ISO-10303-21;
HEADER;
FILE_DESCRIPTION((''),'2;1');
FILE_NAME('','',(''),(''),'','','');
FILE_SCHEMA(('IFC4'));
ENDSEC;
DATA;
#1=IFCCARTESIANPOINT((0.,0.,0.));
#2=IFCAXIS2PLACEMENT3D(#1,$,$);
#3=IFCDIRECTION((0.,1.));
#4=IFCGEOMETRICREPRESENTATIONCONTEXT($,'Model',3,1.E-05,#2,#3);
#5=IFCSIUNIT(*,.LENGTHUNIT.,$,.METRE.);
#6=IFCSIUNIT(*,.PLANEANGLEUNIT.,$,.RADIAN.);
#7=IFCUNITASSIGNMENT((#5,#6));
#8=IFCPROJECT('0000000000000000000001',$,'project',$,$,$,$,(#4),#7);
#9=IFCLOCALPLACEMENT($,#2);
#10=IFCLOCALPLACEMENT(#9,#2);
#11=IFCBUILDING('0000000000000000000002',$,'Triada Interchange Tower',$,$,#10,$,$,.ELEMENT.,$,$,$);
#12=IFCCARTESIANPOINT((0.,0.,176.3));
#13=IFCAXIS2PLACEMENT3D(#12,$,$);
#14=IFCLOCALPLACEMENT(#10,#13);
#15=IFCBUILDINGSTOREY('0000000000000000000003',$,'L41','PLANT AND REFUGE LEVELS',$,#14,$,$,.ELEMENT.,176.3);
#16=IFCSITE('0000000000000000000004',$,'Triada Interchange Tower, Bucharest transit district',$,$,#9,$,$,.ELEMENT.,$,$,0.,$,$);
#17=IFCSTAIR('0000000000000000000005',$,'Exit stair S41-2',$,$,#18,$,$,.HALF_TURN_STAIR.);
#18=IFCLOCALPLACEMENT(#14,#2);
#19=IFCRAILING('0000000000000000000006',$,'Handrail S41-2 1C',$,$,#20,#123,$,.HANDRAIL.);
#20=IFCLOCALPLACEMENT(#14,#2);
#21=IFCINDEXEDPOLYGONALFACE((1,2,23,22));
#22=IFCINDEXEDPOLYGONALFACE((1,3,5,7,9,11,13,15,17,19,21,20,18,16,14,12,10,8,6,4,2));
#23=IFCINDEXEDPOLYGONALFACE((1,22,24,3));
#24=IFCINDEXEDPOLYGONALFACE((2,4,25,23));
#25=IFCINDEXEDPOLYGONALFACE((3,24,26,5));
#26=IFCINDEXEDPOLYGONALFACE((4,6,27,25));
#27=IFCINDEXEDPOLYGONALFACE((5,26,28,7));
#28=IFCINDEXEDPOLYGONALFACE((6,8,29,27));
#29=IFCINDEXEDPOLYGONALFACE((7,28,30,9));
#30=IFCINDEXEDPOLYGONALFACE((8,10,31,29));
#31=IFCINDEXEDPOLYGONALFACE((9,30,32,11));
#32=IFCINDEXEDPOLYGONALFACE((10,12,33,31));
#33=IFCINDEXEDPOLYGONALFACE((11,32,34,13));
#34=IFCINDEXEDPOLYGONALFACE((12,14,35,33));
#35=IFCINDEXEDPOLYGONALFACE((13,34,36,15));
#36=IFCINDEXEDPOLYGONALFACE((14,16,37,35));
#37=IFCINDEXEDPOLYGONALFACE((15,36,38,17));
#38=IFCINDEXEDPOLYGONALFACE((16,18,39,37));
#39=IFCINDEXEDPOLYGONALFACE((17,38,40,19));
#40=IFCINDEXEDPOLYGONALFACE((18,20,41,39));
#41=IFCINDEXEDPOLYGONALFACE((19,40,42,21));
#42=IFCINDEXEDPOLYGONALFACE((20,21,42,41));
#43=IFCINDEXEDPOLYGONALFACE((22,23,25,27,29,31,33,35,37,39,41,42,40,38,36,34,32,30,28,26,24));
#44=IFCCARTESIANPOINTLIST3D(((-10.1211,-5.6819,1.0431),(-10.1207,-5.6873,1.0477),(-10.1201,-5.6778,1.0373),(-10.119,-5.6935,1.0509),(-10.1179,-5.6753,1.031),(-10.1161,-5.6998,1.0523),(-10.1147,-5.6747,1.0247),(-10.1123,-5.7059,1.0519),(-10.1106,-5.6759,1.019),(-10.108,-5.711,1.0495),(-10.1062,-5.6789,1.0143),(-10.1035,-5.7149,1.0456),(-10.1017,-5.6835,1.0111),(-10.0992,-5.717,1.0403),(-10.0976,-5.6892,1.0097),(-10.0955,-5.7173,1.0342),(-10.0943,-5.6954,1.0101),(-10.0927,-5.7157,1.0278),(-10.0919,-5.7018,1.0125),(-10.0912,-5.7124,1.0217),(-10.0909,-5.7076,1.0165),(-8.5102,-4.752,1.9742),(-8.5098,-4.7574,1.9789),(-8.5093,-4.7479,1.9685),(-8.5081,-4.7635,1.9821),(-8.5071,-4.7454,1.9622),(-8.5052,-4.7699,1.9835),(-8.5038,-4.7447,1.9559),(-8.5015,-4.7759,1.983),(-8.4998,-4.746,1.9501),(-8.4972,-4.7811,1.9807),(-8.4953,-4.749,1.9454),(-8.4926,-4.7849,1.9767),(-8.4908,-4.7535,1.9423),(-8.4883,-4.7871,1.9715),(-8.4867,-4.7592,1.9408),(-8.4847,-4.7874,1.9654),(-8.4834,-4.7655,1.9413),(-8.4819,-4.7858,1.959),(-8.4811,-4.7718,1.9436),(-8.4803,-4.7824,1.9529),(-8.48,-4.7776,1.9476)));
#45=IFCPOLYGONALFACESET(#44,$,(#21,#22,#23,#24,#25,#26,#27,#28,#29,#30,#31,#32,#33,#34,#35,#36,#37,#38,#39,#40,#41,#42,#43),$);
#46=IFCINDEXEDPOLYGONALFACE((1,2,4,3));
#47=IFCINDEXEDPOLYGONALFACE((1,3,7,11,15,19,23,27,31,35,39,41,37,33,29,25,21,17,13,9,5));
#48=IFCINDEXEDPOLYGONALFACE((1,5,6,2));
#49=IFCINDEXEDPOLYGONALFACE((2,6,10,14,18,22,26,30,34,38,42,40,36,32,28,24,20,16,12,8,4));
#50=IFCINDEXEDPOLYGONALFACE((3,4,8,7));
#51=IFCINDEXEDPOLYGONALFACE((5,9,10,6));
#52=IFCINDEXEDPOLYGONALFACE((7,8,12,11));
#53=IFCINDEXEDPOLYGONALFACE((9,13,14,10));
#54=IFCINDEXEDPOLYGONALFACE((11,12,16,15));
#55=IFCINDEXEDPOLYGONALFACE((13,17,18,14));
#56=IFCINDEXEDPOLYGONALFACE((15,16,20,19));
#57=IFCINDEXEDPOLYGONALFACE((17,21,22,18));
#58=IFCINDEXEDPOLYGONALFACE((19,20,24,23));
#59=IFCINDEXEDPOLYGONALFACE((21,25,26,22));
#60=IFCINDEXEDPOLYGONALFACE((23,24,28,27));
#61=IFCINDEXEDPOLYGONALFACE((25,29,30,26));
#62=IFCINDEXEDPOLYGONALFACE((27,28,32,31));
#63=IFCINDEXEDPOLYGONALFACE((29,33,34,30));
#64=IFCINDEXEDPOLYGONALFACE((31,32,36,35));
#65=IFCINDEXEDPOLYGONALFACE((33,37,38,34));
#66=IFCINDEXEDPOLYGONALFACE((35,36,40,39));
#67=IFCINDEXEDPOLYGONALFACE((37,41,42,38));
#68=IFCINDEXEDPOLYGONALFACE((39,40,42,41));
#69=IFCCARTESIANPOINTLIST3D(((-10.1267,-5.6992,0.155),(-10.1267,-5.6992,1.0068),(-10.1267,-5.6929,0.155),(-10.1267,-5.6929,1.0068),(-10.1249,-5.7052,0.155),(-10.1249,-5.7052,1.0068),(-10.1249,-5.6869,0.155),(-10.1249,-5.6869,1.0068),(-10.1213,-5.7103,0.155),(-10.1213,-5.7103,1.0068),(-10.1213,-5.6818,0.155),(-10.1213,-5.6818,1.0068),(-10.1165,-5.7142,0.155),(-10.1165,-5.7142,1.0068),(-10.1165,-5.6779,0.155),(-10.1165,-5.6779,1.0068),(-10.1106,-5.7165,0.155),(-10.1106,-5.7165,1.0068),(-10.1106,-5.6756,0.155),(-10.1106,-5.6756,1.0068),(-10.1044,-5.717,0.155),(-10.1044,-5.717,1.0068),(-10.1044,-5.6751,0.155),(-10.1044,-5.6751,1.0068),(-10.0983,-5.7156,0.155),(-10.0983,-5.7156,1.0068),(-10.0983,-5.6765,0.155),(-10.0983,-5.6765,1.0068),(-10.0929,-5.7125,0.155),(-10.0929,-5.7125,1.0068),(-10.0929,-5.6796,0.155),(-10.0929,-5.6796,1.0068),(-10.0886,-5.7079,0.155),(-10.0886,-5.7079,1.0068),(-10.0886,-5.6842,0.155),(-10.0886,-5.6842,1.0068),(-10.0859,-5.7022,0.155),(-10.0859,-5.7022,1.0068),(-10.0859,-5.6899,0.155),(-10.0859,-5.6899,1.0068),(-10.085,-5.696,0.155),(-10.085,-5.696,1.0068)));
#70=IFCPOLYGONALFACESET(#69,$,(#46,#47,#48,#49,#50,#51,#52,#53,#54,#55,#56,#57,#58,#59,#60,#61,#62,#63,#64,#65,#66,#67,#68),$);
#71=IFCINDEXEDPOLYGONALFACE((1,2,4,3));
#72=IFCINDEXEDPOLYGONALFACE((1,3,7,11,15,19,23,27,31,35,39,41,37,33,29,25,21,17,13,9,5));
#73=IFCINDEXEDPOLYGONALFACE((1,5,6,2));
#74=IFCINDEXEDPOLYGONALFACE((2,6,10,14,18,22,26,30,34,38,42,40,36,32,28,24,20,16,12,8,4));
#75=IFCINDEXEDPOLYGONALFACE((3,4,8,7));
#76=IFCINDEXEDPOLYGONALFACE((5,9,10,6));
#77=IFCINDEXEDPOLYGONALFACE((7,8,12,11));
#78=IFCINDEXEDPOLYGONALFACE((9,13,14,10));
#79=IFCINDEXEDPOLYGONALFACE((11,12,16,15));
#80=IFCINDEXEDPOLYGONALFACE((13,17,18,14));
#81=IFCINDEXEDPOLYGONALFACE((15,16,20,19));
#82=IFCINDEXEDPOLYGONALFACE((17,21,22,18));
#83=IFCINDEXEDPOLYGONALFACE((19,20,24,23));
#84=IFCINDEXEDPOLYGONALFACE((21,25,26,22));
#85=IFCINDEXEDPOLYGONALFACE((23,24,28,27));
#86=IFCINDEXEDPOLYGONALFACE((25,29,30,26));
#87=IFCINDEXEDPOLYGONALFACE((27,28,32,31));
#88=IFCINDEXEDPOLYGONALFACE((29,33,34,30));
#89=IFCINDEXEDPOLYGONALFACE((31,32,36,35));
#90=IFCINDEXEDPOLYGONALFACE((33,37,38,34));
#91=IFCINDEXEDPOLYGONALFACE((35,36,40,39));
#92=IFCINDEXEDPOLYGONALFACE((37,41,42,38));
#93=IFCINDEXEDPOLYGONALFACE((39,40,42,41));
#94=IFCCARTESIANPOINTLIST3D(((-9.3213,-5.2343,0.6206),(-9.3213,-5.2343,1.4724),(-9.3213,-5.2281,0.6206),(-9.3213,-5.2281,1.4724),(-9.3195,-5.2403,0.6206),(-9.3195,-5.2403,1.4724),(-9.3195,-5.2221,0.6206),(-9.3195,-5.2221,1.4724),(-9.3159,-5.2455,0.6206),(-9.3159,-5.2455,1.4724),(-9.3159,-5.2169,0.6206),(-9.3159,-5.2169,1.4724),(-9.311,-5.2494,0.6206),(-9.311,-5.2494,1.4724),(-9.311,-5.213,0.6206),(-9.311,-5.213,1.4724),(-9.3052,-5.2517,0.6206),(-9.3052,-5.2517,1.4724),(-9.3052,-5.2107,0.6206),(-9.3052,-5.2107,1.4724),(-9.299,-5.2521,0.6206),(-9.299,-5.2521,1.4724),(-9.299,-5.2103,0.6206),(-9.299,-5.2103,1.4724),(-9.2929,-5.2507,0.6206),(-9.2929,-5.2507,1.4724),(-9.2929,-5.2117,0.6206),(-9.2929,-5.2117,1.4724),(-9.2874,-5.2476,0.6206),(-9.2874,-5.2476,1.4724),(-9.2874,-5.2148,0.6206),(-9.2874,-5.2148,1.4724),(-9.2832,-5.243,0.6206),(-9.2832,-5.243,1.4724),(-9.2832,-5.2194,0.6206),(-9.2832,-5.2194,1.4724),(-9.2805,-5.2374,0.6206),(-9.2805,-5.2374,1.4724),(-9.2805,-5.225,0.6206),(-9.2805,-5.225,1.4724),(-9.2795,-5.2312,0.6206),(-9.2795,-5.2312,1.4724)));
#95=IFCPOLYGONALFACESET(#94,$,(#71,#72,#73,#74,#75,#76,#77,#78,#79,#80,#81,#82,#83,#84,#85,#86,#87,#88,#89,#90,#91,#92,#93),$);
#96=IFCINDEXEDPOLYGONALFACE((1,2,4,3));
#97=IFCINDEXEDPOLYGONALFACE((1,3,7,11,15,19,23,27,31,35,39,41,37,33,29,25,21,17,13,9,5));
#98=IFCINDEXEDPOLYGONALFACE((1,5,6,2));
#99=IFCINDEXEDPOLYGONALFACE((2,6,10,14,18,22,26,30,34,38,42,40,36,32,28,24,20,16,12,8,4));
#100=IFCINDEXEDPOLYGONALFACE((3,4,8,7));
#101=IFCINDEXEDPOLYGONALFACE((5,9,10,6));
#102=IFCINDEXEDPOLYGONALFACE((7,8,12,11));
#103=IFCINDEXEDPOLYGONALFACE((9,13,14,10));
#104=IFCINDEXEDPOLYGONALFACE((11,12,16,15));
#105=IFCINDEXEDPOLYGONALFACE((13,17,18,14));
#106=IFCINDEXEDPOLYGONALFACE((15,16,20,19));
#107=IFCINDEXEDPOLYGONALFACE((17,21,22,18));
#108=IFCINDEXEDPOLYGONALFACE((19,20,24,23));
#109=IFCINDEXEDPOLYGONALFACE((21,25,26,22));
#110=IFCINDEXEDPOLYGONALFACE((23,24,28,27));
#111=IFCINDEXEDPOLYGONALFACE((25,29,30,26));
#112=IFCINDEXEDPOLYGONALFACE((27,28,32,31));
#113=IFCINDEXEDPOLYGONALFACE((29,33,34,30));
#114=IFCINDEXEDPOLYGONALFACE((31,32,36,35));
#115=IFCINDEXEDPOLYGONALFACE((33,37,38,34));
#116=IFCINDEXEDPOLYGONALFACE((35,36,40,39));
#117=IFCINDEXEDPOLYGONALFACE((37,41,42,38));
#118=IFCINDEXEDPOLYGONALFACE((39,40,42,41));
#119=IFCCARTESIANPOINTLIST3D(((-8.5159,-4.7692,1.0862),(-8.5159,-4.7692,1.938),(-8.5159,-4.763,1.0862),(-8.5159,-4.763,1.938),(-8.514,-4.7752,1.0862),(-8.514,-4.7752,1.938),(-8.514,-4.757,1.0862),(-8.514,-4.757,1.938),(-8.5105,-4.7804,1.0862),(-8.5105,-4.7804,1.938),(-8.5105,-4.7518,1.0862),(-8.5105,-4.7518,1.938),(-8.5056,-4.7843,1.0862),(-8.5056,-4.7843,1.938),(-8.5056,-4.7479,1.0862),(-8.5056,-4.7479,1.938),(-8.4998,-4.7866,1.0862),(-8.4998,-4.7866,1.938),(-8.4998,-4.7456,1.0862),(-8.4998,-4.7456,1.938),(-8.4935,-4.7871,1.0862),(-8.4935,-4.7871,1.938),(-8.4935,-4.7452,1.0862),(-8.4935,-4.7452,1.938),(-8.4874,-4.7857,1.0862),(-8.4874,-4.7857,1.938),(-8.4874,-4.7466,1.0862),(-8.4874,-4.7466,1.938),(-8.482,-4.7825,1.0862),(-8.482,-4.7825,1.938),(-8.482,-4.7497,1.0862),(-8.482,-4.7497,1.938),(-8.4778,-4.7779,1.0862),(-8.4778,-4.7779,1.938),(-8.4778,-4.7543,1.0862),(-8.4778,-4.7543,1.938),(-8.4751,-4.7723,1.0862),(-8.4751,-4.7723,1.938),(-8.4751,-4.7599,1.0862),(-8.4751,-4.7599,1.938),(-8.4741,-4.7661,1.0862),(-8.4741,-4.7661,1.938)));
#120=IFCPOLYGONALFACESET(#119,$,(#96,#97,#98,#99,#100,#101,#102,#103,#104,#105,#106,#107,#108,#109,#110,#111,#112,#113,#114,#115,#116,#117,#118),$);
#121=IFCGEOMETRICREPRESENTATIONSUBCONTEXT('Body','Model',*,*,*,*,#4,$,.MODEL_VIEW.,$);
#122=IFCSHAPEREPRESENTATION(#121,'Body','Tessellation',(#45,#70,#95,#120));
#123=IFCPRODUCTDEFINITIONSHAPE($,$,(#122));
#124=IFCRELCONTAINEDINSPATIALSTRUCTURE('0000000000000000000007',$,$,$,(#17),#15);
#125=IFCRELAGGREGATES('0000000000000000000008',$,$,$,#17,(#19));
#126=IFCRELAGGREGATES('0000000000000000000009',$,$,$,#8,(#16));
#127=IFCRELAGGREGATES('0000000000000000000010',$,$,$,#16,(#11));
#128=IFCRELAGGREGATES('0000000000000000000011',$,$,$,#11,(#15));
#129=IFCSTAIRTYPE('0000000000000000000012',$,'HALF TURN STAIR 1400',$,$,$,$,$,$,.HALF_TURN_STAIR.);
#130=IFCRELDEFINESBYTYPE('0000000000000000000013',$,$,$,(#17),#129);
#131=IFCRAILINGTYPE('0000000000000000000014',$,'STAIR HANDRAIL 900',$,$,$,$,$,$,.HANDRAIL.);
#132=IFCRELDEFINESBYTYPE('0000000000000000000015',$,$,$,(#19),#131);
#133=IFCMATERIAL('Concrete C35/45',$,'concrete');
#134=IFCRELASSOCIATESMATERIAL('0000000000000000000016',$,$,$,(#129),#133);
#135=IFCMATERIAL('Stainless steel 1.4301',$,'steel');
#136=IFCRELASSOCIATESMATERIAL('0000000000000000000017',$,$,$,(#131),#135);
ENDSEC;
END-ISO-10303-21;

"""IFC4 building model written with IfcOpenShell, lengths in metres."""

from ifc_helpers import new_model, si_unit, direction, frame, origin, origin_2d, place, context, subcontext, project, spatial, circle, extrude, material, type_object, element, aggregate, save


model = new_model("IFC4")

# Units and contexts
model_context = context("Model", 3, precision=1e-05, world=origin(), true_north=direction((0.0, 1.0)))
body_context = subcontext(model_context, "Body", "Model", "MODEL_VIEW")
ifc_project = project(units=[si_unit("LENGTHUNIT", "METRE"), si_unit("PLANEANGLEUNIT", "RADIAN")], contexts=[model_context])

# Site, building, storey
site_placement = place(None, origin())
site = spatial("IfcSite", under=ifc_project, at=site_placement, Name="Triada Interchange Tower, Bucharest transit district", CompositionType="ELEMENT", RefElevation=0.0)
building_placement = place(site_placement, origin())
building = spatial("IfcBuilding", under=site, at=building_placement, Name="Triada Interchange Tower", CompositionType="ELEMENT")
storey_placement = place(building_placement, frame((0.0, 0.0, 176.3)))
storey = spatial("IfcBuildingStorey", under=building, at=storey_placement, Name="L41", Description="PLANT AND REFUGE LEVELS", CompositionType="ELEMENT", Elevation=176.3)

# Shared definitions
ifc_material_1 = material(Name="Concrete C35/45", Category="concrete")

# Stair, railing
stair_type = type_object("IfcStairType", Name="HALF TURN STAIR 1400", PredefinedType="HALF_TURN_STAIR", material=ifc_material_1)
stair_placement = place(storey_placement, origin())
stair = element("IfcStair", 1, at=stair_placement, inside=storey, type_object=stair_type, Name="Exit stair S41-2", PredefinedType="HALF_TURN_STAIR")
ifc_material_2 = material(Name="Stainless steel 1.4301", Category="steel")
railing_type_1 = type_object("IfcRailingType", Name="STAIR HANDRAIL 900", PredefinedType="HANDRAIL", material=ifc_material_2)
railing_1_placement = place(storey_placement, frame((-10.106, -5.696, 0.155)))
railing_1 = element("IfcRailing", 2, at=railing_1_placement, type_object=railing_type_1, Name="Handrail S41-2 1C", PredefinedType="HANDRAIL", context=body_context, shape_type="SweptSolid", body=[
    extrude(circle(Radius=0.0239, at=origin_2d()), frame((0.0, 0.0, 0.876), z_axis=(0.774422, 0.447071, 0.447658), x_axis=(-0.499965, 0.866046, 0.0)), (0.0, 0.0, 1.0), 2.0801),
    extrude(circle(Radius=0.021, at=origin_2d()), origin(), (0.0, 0.0, 1.0), 0.8518),
    extrude(circle(Radius=0.021, at=origin_2d()), frame((0.8054, 0.4648, 0.4656)), (0.0, 0.0, 1.0), 0.8518),
    extrude(circle(Radius=0.021, at=origin_2d()), frame((1.6108, 0.9299, 0.9312)), (0.0, 0.0, 1.0), 0.8518),
])
aggregate(stair, [railing_1])

save(model, "model.ifc")
